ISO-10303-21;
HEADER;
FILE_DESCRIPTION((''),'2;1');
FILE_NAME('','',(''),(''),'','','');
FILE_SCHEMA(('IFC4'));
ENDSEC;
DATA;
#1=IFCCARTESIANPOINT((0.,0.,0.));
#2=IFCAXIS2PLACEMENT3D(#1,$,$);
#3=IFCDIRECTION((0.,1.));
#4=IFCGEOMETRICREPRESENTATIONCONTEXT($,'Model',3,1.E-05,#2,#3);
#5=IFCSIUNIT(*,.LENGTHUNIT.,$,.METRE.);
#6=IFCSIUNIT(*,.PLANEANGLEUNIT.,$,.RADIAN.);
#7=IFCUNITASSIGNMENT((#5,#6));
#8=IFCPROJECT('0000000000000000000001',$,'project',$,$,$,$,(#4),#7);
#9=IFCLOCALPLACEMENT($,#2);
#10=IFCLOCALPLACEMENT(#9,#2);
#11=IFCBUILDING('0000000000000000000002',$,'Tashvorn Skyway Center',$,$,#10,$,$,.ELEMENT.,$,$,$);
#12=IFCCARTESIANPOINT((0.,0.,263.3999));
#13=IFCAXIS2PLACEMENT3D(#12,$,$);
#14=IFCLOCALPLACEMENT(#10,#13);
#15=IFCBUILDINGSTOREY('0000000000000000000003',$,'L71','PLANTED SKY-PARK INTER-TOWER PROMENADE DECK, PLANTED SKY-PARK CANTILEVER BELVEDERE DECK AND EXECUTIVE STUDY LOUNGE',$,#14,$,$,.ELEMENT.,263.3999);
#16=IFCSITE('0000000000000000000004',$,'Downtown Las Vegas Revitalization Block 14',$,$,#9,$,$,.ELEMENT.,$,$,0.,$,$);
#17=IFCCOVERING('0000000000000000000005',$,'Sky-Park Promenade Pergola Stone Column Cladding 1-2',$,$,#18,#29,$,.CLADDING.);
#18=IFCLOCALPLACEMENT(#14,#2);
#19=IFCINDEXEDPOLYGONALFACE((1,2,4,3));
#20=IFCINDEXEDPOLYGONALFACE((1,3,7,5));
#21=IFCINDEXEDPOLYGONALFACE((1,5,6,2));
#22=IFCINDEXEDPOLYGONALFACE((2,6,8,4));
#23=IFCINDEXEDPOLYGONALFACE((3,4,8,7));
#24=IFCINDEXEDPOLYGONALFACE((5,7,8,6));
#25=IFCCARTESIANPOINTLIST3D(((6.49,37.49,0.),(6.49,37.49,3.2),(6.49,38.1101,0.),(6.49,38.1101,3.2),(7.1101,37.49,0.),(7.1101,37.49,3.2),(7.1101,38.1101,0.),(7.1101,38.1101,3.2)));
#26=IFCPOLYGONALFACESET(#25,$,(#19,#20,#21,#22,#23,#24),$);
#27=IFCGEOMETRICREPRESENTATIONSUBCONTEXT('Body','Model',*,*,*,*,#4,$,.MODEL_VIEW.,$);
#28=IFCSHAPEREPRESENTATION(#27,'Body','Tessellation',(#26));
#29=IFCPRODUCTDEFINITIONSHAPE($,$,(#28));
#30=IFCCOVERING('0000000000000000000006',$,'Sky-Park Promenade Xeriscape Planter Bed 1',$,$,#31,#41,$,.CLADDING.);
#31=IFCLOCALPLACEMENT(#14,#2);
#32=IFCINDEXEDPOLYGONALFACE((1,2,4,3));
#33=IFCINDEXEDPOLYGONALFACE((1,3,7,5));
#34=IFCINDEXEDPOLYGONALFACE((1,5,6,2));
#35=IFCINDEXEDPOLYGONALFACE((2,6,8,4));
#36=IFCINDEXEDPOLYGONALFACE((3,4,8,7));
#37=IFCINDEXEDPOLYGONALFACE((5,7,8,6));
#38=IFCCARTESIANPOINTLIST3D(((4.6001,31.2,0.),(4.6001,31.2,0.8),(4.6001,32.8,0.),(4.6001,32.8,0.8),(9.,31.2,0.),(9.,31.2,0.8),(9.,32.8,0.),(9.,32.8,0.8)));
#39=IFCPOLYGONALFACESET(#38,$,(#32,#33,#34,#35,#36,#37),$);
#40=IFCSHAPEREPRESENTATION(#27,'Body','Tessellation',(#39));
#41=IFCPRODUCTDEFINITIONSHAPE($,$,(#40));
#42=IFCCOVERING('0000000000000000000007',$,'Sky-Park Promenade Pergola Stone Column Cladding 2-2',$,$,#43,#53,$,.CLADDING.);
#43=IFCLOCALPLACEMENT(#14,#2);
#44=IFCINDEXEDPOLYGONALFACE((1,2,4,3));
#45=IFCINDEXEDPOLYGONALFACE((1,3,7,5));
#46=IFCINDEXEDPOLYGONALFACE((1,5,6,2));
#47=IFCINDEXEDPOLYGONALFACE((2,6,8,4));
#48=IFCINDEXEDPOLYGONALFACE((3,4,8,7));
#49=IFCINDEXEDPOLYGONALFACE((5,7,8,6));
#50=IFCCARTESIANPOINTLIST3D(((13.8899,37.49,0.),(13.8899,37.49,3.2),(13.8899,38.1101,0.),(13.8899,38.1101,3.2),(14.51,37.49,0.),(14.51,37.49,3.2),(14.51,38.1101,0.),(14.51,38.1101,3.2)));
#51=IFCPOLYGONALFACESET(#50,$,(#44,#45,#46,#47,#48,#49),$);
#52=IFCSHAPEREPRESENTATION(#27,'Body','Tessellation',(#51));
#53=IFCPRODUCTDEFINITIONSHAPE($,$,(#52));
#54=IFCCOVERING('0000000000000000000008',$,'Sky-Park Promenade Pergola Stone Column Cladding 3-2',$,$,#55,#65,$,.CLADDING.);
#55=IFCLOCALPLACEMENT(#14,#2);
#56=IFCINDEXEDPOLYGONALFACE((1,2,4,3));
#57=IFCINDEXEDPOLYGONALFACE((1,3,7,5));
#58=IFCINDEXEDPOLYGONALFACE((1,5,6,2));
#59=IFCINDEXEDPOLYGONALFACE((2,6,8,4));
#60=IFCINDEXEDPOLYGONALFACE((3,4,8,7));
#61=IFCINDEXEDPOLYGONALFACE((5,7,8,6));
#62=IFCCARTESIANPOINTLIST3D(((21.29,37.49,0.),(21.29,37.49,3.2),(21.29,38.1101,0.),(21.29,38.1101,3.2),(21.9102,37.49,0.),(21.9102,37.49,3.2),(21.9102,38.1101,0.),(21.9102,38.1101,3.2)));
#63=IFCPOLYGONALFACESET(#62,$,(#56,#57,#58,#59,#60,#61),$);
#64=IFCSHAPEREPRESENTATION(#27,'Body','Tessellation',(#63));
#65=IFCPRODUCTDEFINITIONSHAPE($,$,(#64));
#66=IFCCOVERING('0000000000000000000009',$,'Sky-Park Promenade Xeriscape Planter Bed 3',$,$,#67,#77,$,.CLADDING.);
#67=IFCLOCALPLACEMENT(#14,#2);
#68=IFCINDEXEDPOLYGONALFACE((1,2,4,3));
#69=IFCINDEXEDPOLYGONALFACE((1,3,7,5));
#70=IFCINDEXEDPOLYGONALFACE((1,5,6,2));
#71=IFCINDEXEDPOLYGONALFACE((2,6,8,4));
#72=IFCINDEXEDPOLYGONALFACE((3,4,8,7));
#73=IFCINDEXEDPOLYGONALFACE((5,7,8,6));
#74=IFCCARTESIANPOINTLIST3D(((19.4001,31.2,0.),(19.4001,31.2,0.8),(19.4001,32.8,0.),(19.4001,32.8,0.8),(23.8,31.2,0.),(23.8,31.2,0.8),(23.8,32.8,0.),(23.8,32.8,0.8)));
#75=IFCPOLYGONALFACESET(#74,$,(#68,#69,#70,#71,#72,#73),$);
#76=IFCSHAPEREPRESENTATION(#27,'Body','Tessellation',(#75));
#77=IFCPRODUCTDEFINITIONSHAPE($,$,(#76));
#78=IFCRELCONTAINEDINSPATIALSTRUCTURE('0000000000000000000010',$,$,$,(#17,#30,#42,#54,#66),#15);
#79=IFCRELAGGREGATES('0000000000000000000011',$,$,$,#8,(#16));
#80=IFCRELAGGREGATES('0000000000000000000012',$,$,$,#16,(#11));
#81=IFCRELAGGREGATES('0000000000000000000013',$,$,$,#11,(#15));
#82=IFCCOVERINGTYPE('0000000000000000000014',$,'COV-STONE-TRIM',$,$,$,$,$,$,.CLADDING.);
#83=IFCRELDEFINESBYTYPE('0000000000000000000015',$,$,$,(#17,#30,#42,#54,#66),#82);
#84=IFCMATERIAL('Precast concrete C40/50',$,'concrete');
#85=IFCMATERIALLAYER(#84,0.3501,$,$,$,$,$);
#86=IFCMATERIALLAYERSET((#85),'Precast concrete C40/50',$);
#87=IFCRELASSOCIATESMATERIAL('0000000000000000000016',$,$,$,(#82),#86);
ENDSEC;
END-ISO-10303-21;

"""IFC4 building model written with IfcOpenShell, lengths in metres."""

from ifc_helpers import new_model, si_unit, direction, frame, origin, origin_2d, place, context, subcontext, project, spatial, rectangle, extrude, material, layer, layer_set, type_object, element, save


model = new_model("IFC4")

# Units and contexts
model_context = context("Model", 3, precision=1e-05, world=origin(), true_north=direction((0.0, 1.0)))
body_context = subcontext(model_context, "Body", "Model", "MODEL_VIEW")
ifc_project = project(units=[si_unit("LENGTHUNIT", "METRE"), si_unit("PLANEANGLEUNIT", "RADIAN")], contexts=[model_context])

# Site, building, storey
site_placement = place(None, origin())
site = spatial("IfcSite", under=ifc_project, at=site_placement, Name="Downtown Las Vegas Revitalization Block 14", CompositionType="ELEMENT", RefElevation=0.0)
building_placement = place(site_placement, origin())
building = spatial("IfcBuilding", under=site, at=building_placement, Name="Tashvorn Skyway Center", CompositionType="ELEMENT")
storey_placement = place(building_placement, frame((0.0, 0.0, 263.3999)))
storey = spatial("IfcBuildingStorey", under=building, at=storey_placement, Name="L71", Description="PLANTED SKY-PARK INTER-TOWER PROMENADE DECK, PLANTED SKY-PARK CANTILEVER BELVEDERE DECK AND EXECUTIVE STUDY LOUNGE", CompositionType="ELEMENT", Elevation=263.3999)

# Shared definitions
ifc_material_1 = material(Name="Precast concrete C40/50", Category="concrete")

# Coverings
ifc_layer_1 = layer(ifc_material_1, 0.3501)
ifc_layer_set_1 = layer_set([ifc_layer_1], Name="Precast concrete C40/50")
covering_type_1 = type_object("IfcCoveringType", Name="COV-STONE-TRIM", PredefinedType="CLADDING", material=ifc_layer_set_1)
covering_1_placement = place(storey_placement, frame((6.8, 37.8, 0.0), z_axis=(0.0, 0.0, 1.0), x_axis=(1.0, 0.0, 0.0)))
element("IfcCovering", 1, at=covering_1_placement, inside=storey, type_object=covering_type_1, Name="Sky-Park Promenade Pergola Stone Column Cladding 1-2", PredefinedType="CLADDING", context=body_context, shape_type="SweptSolid", body=[
    extrude(rectangle(XDim=0.6201, YDim=0.6201, at=origin_2d()), origin(), (0.0, 0.0, 1.0), 3.2),
])
covering_2_placement = place(storey_placement, frame((6.8, 32.0, 0.0), z_axis=(0.0, 0.0, 1.0), x_axis=(1.0, 0.0, 0.0)))
element("IfcCovering", 2, at=covering_2_placement, inside=storey, type_object=covering_type_1, Name="Sky-Park Promenade Xeriscape Planter Bed 1", PredefinedType="CLADDING", context=body_context, shape_type="SweptSolid", body=[
    extrude(rectangle(XDim=4.3999, YDim=1.6001, at=origin_2d()), origin(), (0.0, 0.0, 1.0), 0.8),
])
for number, where, z_axis, x_axis, name in (
    (3, (14.2, 37.8, 0.0), (0.0, 0.0, 1.0), (1.0, 0.0, 0.0), "Sky-Park Promenade Pergola Stone Column Cladding 2-2"),
    (4, (21.6001, 37.8, 0.0), (0.0, 0.0, 1.0), (1.0, 0.0, 0.0), "Sky-Park Promenade Pergola Stone Column Cladding 3-2"),
):
    element("IfcCovering", number, at=place(storey_placement, frame(where, z_axis=z_axis, x_axis=x_axis)), inside=storey, type_object=covering_type_1, Name=name, PredefinedType="CLADDING", context=body_context, shape_type="SweptSolid", body=[
        extrude(rectangle(XDim=0.6201, YDim=0.6201, at=origin_2d()), origin(), (0.0, 0.0, 1.0), 3.2),
    ])
covering_3_placement = place(storey_placement, frame((21.6001, 32.0, 0.0), z_axis=(0.0, 0.0, 1.0), x_axis=(1.0, 0.0, 0.0)))
element("IfcCovering", 5, at=covering_3_placement, inside=storey, type_object=covering_type_1, Name="Sky-Park Promenade Xeriscape Planter Bed 3", PredefinedType="CLADDING", context=body_context, shape_type="SweptSolid", body=[
    extrude(rectangle(XDim=4.3999, YDim=1.6001, at=origin_2d()), origin(), (0.0, 0.0, 1.0), 0.8),
])

save(model, "model.ifc")
